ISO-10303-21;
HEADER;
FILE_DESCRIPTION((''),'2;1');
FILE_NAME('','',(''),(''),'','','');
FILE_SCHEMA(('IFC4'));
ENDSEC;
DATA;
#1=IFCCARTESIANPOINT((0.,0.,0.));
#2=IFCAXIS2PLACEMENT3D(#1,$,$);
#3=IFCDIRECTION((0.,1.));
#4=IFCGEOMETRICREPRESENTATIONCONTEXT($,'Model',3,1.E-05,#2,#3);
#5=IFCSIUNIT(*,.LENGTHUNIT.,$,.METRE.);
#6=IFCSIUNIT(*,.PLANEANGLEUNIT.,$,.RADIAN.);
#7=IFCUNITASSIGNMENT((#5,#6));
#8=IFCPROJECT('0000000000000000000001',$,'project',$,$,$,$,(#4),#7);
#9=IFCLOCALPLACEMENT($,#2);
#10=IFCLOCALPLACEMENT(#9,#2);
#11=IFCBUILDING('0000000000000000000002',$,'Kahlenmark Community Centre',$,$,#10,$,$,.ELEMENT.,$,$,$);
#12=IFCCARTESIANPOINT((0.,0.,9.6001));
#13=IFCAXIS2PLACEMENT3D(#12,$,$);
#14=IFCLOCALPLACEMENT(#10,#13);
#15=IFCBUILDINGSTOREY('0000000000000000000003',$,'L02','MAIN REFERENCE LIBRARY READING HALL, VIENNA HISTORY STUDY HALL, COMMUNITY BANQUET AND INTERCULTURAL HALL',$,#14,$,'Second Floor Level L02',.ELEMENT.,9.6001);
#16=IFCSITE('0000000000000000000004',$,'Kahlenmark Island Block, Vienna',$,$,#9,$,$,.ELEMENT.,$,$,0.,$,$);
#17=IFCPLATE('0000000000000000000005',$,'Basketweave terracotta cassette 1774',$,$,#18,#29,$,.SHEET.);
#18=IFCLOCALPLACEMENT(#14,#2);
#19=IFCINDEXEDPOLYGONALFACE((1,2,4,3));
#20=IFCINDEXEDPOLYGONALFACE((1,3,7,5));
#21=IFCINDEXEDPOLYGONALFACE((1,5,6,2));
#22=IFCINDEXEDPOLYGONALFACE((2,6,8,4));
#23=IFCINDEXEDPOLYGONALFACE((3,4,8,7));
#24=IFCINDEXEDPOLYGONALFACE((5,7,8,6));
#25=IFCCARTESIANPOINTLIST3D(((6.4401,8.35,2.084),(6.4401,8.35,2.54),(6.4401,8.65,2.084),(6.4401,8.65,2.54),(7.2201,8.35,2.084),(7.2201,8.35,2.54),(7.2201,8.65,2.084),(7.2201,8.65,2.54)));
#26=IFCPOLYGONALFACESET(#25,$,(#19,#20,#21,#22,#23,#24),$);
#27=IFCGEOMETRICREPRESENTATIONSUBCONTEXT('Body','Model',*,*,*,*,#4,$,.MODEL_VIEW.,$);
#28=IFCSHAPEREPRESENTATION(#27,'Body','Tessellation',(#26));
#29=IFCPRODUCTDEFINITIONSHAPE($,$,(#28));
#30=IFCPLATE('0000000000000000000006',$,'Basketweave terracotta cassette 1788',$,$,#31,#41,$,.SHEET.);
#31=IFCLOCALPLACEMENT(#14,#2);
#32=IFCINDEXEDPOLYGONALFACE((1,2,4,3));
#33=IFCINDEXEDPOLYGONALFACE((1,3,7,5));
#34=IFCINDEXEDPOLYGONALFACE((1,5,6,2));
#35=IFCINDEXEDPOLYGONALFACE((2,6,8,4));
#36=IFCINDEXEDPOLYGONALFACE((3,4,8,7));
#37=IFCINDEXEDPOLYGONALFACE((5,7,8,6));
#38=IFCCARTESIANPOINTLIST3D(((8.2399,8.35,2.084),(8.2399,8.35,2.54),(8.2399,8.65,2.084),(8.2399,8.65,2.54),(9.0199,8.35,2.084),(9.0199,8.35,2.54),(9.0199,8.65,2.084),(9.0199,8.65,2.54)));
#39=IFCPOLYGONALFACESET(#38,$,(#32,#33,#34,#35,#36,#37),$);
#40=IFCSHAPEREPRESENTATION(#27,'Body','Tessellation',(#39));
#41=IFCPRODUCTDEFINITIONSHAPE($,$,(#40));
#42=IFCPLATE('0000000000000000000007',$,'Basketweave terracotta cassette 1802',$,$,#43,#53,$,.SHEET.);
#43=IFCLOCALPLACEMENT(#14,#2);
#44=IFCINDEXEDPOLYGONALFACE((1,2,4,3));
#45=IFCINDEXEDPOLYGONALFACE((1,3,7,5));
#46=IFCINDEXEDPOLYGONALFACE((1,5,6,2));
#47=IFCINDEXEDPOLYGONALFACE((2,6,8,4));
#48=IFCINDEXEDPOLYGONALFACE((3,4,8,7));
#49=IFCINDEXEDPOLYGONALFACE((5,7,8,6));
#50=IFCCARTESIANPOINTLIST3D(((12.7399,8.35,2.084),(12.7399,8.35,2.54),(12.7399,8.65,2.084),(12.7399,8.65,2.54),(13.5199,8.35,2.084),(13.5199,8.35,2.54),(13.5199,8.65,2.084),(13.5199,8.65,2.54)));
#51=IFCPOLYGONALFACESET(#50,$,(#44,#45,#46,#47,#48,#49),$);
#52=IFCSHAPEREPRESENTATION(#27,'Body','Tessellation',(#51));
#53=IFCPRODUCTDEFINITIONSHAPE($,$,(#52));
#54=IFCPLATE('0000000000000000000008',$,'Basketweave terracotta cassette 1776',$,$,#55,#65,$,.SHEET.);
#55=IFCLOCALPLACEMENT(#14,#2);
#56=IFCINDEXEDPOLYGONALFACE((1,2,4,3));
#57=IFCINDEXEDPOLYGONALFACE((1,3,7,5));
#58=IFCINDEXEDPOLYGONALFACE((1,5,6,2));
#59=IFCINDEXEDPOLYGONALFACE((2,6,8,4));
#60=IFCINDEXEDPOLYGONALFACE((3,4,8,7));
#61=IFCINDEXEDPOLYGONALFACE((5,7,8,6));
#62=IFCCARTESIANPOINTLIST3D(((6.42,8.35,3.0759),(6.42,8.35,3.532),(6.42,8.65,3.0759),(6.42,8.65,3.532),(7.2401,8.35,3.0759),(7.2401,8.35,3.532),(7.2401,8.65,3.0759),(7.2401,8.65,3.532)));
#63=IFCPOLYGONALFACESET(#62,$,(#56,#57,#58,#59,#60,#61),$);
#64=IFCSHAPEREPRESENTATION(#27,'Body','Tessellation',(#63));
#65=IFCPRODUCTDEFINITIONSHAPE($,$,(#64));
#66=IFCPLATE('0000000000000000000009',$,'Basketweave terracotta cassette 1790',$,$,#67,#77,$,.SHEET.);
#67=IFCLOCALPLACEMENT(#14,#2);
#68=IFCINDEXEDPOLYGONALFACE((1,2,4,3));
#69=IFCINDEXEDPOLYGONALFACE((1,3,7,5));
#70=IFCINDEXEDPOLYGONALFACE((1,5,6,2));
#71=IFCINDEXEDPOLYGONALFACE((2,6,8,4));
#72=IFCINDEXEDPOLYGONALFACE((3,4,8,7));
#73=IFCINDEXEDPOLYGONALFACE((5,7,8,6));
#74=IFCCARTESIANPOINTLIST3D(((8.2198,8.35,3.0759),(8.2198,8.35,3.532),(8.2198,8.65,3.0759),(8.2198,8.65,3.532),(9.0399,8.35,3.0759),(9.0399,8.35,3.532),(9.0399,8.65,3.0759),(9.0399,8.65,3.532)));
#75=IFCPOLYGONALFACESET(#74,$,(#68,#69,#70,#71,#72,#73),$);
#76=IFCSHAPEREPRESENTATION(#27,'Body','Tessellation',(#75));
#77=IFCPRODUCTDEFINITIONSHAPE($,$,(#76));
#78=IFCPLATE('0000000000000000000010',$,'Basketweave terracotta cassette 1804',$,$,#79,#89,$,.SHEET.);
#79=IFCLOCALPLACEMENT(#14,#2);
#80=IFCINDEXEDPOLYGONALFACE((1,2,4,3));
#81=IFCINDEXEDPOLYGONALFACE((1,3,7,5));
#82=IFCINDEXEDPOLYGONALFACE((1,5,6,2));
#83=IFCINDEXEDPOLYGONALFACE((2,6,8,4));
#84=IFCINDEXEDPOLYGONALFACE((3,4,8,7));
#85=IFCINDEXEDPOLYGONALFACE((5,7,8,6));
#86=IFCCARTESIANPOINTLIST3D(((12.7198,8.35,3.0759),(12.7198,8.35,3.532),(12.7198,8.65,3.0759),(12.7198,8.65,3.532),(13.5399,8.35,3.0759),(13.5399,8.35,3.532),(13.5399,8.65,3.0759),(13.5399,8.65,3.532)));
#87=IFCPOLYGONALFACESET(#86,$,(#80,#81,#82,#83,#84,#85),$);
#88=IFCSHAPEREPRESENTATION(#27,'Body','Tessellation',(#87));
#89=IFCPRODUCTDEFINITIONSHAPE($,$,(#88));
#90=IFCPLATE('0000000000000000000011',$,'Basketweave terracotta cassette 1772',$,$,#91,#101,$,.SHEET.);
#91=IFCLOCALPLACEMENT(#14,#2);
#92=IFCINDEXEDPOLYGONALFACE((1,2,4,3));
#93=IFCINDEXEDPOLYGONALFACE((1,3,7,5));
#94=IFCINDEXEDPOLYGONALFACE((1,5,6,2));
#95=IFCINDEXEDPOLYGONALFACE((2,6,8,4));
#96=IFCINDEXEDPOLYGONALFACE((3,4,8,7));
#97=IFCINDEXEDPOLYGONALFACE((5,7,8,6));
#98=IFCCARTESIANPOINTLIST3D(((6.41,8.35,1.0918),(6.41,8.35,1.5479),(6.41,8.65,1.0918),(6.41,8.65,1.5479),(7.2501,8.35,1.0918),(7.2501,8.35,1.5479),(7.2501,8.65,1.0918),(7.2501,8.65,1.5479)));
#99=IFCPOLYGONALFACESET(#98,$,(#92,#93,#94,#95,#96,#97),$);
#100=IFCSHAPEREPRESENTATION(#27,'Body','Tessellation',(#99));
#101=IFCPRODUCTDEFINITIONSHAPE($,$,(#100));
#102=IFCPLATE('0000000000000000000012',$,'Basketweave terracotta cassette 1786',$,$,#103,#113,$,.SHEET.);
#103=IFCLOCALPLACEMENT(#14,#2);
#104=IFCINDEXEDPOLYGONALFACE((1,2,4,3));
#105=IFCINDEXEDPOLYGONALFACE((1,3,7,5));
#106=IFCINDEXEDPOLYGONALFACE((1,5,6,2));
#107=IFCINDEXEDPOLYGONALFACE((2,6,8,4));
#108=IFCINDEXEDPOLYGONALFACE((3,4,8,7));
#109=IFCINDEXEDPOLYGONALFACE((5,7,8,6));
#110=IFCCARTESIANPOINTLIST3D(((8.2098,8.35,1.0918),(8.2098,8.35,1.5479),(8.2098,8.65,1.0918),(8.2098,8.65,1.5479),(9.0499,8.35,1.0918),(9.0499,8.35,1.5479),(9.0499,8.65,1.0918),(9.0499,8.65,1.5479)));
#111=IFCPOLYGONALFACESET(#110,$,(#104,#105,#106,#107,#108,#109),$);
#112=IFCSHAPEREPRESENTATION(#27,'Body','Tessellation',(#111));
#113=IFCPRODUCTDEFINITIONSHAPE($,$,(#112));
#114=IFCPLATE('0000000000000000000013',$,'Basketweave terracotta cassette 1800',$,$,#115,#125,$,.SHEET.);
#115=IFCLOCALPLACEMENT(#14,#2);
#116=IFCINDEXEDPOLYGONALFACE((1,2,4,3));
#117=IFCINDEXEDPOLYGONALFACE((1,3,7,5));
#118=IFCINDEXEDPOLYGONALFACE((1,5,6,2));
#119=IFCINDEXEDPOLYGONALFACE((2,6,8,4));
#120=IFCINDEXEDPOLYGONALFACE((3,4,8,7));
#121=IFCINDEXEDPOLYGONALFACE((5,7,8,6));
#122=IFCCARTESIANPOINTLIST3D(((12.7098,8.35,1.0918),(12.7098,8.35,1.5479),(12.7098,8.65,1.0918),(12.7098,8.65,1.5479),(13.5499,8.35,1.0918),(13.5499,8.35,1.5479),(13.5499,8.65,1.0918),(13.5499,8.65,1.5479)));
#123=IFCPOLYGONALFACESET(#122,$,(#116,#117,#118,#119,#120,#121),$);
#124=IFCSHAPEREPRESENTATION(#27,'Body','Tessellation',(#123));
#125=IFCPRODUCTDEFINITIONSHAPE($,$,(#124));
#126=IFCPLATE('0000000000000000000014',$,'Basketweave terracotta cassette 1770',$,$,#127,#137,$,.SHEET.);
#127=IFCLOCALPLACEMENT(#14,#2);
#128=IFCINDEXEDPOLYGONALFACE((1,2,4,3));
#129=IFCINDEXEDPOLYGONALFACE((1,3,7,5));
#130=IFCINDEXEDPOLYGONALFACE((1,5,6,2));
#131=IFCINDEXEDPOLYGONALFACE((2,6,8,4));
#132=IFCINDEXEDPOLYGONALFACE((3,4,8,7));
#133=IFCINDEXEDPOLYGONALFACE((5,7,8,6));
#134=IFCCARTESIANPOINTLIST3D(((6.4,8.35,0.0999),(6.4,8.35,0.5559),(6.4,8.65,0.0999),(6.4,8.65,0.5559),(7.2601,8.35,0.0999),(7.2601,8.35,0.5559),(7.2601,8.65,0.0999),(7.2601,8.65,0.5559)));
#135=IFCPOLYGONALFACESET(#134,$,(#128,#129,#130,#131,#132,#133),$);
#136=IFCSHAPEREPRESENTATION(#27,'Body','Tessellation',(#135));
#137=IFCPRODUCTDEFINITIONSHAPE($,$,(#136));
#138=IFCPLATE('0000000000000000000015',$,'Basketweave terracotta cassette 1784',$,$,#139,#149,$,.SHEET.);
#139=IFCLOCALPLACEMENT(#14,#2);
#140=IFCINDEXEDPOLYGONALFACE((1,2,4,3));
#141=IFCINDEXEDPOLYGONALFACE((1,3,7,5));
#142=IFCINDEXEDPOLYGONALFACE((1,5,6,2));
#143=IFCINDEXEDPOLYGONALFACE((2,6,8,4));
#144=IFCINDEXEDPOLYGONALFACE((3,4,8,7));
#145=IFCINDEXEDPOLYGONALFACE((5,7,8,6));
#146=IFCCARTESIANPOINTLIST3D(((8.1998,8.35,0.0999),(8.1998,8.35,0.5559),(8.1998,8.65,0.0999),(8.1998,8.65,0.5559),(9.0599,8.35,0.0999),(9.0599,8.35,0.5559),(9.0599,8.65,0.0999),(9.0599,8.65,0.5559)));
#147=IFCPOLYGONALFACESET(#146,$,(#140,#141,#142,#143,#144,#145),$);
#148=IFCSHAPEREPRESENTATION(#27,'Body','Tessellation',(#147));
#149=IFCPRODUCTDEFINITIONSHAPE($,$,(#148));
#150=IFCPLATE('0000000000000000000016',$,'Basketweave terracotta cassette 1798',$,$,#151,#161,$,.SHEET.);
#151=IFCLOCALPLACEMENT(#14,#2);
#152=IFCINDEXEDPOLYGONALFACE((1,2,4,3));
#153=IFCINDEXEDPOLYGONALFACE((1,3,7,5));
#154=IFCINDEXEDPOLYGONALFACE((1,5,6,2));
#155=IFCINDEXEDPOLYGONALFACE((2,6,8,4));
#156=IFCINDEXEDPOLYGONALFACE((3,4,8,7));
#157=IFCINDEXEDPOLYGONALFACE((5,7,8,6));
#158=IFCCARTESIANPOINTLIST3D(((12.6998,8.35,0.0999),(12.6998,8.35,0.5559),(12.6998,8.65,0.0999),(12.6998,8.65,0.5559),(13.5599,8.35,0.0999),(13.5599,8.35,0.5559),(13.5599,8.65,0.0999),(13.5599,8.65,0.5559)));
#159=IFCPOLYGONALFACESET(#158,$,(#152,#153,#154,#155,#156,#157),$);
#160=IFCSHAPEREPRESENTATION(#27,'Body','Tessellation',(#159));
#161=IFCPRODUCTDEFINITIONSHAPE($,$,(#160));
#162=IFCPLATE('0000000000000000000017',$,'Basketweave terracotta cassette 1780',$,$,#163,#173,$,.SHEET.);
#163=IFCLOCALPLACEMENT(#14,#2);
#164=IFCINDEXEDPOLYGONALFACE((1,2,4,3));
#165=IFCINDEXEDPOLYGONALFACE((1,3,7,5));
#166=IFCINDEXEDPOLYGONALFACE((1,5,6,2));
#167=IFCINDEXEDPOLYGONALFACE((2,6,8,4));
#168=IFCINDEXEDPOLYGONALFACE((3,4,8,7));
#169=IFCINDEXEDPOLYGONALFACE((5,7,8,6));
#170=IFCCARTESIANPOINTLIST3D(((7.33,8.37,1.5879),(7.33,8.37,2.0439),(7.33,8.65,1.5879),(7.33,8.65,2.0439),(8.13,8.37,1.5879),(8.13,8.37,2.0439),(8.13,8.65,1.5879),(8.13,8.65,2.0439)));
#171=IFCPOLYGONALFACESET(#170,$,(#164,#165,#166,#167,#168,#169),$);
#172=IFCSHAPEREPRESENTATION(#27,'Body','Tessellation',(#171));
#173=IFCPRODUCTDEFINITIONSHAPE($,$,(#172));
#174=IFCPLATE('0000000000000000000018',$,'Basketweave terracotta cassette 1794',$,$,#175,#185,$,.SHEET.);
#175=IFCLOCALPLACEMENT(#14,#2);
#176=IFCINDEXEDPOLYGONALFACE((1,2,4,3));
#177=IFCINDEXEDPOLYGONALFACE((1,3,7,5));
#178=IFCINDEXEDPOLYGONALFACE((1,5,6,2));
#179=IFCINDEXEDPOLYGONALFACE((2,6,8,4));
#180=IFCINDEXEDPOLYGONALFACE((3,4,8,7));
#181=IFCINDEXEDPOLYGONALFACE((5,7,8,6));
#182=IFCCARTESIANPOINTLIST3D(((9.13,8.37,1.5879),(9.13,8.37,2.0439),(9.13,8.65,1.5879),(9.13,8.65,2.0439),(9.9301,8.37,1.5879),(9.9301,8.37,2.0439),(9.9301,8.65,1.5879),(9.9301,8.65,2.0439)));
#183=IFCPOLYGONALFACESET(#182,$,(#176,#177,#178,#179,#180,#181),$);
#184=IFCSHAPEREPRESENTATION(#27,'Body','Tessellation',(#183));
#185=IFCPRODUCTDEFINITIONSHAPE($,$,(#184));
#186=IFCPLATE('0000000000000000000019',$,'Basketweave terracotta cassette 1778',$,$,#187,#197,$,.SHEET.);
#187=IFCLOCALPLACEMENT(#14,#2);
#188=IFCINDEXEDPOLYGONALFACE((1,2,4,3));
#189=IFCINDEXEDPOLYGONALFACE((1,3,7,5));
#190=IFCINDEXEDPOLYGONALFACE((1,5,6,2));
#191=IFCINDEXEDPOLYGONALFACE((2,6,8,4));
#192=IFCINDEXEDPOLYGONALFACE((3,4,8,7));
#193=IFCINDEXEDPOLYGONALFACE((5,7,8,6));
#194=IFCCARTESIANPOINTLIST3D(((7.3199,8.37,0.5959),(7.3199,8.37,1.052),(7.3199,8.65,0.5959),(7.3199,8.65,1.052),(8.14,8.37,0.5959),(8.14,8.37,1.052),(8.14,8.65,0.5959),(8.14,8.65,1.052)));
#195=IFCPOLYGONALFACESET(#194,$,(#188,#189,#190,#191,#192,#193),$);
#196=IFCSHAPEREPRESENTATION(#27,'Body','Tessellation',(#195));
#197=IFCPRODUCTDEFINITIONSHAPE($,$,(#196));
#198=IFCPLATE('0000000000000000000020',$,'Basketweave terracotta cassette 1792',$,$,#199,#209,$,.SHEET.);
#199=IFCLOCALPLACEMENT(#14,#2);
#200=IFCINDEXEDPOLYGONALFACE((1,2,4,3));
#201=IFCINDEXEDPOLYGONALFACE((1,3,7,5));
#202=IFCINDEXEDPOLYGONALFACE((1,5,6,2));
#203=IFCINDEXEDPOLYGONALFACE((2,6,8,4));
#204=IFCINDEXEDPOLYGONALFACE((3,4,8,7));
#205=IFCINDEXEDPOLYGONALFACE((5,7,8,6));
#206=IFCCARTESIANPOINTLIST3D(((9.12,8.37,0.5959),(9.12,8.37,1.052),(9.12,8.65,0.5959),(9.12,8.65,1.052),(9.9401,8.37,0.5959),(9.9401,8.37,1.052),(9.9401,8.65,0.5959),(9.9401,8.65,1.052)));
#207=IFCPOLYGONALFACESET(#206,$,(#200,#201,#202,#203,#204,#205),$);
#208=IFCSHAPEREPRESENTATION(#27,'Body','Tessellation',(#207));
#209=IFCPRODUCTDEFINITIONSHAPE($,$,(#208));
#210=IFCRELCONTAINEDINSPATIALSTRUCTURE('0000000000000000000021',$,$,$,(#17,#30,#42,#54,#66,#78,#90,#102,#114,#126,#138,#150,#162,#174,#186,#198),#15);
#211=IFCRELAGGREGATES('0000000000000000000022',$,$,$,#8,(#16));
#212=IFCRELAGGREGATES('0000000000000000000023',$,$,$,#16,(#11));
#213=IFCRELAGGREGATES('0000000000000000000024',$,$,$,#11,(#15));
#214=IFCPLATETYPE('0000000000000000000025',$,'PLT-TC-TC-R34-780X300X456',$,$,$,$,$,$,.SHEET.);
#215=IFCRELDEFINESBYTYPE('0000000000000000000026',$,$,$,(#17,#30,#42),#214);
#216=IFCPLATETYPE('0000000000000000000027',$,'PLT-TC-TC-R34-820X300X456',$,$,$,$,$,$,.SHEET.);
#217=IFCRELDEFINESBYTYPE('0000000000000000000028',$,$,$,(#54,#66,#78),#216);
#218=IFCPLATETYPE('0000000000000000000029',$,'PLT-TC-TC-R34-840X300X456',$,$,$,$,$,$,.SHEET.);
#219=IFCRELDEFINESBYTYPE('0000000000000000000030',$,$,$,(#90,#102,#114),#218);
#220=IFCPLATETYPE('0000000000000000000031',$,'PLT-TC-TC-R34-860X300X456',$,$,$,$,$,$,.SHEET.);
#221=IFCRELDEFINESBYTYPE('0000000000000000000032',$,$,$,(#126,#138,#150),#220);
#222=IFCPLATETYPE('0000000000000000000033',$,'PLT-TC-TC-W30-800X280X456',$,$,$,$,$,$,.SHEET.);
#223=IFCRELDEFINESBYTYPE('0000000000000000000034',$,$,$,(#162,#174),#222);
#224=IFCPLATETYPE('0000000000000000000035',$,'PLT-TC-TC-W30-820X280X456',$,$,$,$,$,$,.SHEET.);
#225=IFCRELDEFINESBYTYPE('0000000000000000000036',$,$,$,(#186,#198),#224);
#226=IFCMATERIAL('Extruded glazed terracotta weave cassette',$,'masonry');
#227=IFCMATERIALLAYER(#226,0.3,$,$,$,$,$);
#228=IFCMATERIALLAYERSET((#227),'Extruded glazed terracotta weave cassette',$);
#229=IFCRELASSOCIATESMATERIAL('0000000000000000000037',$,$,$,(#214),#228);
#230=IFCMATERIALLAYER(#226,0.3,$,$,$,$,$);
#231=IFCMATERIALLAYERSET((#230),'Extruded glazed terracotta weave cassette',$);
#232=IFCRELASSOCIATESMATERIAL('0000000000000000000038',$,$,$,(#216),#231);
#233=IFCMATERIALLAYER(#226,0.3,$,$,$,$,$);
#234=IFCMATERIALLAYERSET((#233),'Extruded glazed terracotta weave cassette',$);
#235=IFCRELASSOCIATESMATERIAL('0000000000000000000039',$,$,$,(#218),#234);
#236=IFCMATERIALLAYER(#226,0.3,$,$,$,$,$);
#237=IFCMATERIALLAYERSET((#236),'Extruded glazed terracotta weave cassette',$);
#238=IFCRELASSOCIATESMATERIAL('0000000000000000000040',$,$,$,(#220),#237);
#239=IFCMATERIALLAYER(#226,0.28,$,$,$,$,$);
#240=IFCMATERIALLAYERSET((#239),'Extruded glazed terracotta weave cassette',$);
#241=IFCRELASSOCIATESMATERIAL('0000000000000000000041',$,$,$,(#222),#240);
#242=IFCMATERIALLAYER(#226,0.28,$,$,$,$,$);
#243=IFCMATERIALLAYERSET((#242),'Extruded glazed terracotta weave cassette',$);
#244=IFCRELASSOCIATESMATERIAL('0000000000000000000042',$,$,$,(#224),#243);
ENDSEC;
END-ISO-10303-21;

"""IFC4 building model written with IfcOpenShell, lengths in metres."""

from ifc_helpers import new_model, si_unit, direction, frame, origin, origin_2d, place, context, subcontext, project, spatial, rectangle, extrude, material, layer, layer_set, type_object, element, save


model = new_model("IFC4")

# Units and contexts
model_context = context("Model", 3, precision=1e-05, world=origin(), true_north=direction((0.0, 1.0)))
body_context = subcontext(model_context, "Body", "Model", "MODEL_VIEW")
ifc_project = project(units=[si_unit("LENGTHUNIT", "METRE"), si_unit("PLANEANGLEUNIT", "RADIAN")], contexts=[model_context])

# Site, building, storey
site_placement = place(None, origin())
site = spatial("IfcSite", under=ifc_project, at=site_placement, Name="Kahlenmark Island Block, Vienna", CompositionType="ELEMENT", RefElevation=0.0)
building_placement = place(site_placement, origin())
building = spatial("IfcBuilding", under=site, at=building_placement, Name="Kahlenmark Community Centre", CompositionType="ELEMENT")
storey_placement = place(building_placement, frame((0.0, 0.0, 9.6001)))
storey = spatial("IfcBuildingStorey", under=building, at=storey_placement, Name="L02", Description="MAIN REFERENCE LIBRARY READING HALL, VIENNA HISTORY STUDY HALL, COMMUNITY BANQUET AND INTERCULTURAL HALL", LongName="Second Floor Level L02", CompositionType="ELEMENT", Elevation=9.6001)

# Plates
ifc_material_1 = material(Name="Extruded glazed terracotta weave cassette", Category="masonry")
ifc_layer_1 = layer(ifc_material_1, 0.3)
ifc_layer_set_1 = layer_set([ifc_layer_1], Name="Extruded glazed terracotta weave cassette")
plate_type_1 = type_object("IfcPlateType", Name="PLT-TC-TC-R34-780X300X456", PredefinedType="SHEET", material=ifc_layer_set_1)
for number, where, z_axis, x_axis, name in (
    (1, (6.8301, 8.5, 2.084), (0.0, 0.0, 1.0), (1.0, 0.0, 0.0), "Basketweave terracotta cassette 1774"),
    (2, (8.6299, 8.5, 2.084), (0.0, 0.0, 1.0), (1.0, 0.0, 0.0), "Basketweave terracotta cassette 1788"),
    (3, (13.1299, 8.5, 2.084), (0.0, 0.0, 1.0), (1.0, 0.0, 0.0), "Basketweave terracotta cassette 1802"),
):
    element("IfcPlate", number, at=place(storey_placement, frame(where, z_axis=z_axis, x_axis=x_axis)), inside=storey, type_object=plate_type_1, Name=name, PredefinedType="SHEET", context=body_context, shape_type="SweptSolid", body=[
        extrude(rectangle(XDim=0.78, YDim=0.3, at=origin_2d()), origin(), (0.0, 0.0, 1.0), 0.4561),
    ])
ifc_layer_2 = layer(ifc_material_1, 0.3)
ifc_layer_set_2 = layer_set([ifc_layer_2], Name="Extruded glazed terracotta weave cassette")
plate_type_2 = type_object("IfcPlateType", Name="PLT-TC-TC-R34-820X300X456", PredefinedType="SHEET", material=ifc_layer_set_2)
for number, where, z_axis, x_axis, name in (
    (4, (6.8301, 8.5, 3.0759), (0.0, 0.0, 1.0), (1.0, 0.0, 0.0), "Basketweave terracotta cassette 1776"),
    (5, (8.6299, 8.5, 3.0759), (0.0, 0.0, 1.0), (1.0, 0.0, 0.0), "Basketweave terracotta cassette 1790"),
    (6, (13.1299, 8.5, 3.0759), (0.0, 0.0, 1.0), (1.0, 0.0, 0.0), "Basketweave terracotta cassette 1804"),
):
    element("IfcPlate", number, at=place(storey_placement, frame(where, z_axis=z_axis, x_axis=x_axis)), inside=storey, type_object=plate_type_2, Name=name, PredefinedType="SHEET", context=body_context, shape_type="SweptSolid", body=[
        extrude(rectangle(XDim=0.8201, YDim=0.3, at=origin_2d()), origin(), (0.0, 0.0, 1.0), 0.4561),
    ])
ifc_layer_3 = layer(ifc_material_1, 0.3)
ifc_layer_set_3 = layer_set([ifc_layer_3], Name="Extruded glazed terracotta weave cassette")
plate_type_3 = type_object("IfcPlateType", Name="PLT-TC-TC-R34-840X300X456", PredefinedType="SHEET", material=ifc_layer_set_3)
for number, where, z_axis, x_axis, name in (
    (7, (6.8301, 8.5, 1.0918), (0.0, 0.0, 1.0), (1.0, 0.0, 0.0), "Basketweave terracotta cassette 1772"),
    (8, (8.6299, 8.5, 1.0918), (0.0, 0.0, 1.0), (1.0, 0.0, 0.0), "Basketweave terracotta cassette 1786"),
    (9, (13.1299, 8.5, 1.0918), (0.0, 0.0, 1.0), (1.0, 0.0, 0.0), "Basketweave terracotta cassette 1800"),
):
    element("IfcPlate", number, at=place(storey_placement, frame(where, z_axis=z_axis, x_axis=x_axis)), inside=storey, type_object=plate_type_3, Name=name, PredefinedType="SHEET", context=body_context, shape_type="SweptSolid", body=[
        extrude(rectangle(XDim=0.8401, YDim=0.3, at=origin_2d()), origin(), (0.0, 0.0, 1.0), 0.4561),
    ])
ifc_layer_4 = layer(ifc_material_1, 0.3)
ifc_layer_set_4 = layer_set([ifc_layer_4], Name="Extruded glazed terracotta weave cassette")
plate_type_4 = type_object("IfcPlateType", Name="PLT-TC-TC-R34-860X300X456", PredefinedType="SHEET", material=ifc_layer_set_4)
for number, where, z_axis, x_axis, name in (
    (10, (6.8301, 8.5, 0.0999), (0.0, 0.0, 1.0), (1.0, 0.0, 0.0), "Basketweave terracotta cassette 1770"),
    (11, (8.6299, 8.5, 0.0999), (0.0, 0.0, 1.0), (1.0, 0.0, 0.0), "Basketweave terracotta cassette 1784"),
    (12, (13.1299, 8.5, 0.0999), (0.0, 0.0, 1.0), (1.0, 0.0, 0.0), "Basketweave terracotta cassette 1798"),
):
    element("IfcPlate", number, at=place(storey_placement, frame(where, z_axis=z_axis, x_axis=x_axis)), inside=storey, type_object=plate_type_4, Name=name, PredefinedType="SHEET", context=body_context, shape_type="SweptSolid", body=[
        extrude(rectangle(XDim=0.8601, YDim=0.3, at=origin_2d()), origin(), (0.0, 0.0, 1.0), 0.4561),
    ])
ifc_layer_5 = layer(ifc_material_1, 0.28)
ifc_layer_set_5 = layer_set([ifc_layer_5], Name="Extruded glazed terracotta weave cassette")
plate_type_5 = type_object("IfcPlateType", Name="PLT-TC-TC-W30-800X280X456", PredefinedType="SHEET", material=ifc_layer_set_5)
for number, where, z_axis, x_axis, name in (
    (13, (7.73, 8.51, 1.5879), (0.0, 0.0, 1.0), (1.0, 0.0, 0.0), "Basketweave terracotta cassette 1780"),
    (14, (9.53, 8.51, 1.5879), (0.0, 0.0, 1.0), (1.0, 0.0, 0.0), "Basketweave terracotta cassette 1794"),
):
    element("IfcPlate", number, at=place(storey_placement, frame(where, z_axis=z_axis, x_axis=x_axis)), inside=storey, type_object=plate_type_5, Name=name, PredefinedType="SHEET", context=body_context, shape_type="SweptSolid", body=[
        extrude(rectangle(XDim=0.8, YDim=0.28, at=origin_2d()), origin(), (0.0, 0.0, 1.0), 0.4561),
    ])
ifc_layer_6 = layer(ifc_material_1, 0.28)
ifc_layer_set_6 = layer_set([ifc_layer_6], Name="Extruded glazed terracotta weave cassette")
plate_type_6 = type_object("IfcPlateType", Name="PLT-TC-TC-W30-820X280X456", PredefinedType="SHEET", material=ifc_layer_set_6)
for number, where, z_axis, x_axis, name in (
    (15, (7.73, 8.51, 0.5959), (0.0, 0.0, 1.0), (1.0, 0.0, 0.0), "Basketweave terracotta cassette 1778"),
    (16, (9.53, 8.51, 0.5959), (0.0, 0.0, 1.0), (1.0, 0.0, 0.0), "Basketweave terracotta cassette 1792"),
):
    element("IfcPlate", number, at=place(storey_placement, frame(where, z_axis=z_axis, x_axis=x_axis)), inside=storey, type_object=plate_type_6, Name=name, PredefinedType="SHEET", context=body_context, shape_type="SweptSolid", body=[
        extrude(rectangle(XDim=0.8201, YDim=0.28, at=origin_2d()), origin(), (0.0, 0.0, 1.0), 0.4561),
    ])

save(model, "model.ifc")
